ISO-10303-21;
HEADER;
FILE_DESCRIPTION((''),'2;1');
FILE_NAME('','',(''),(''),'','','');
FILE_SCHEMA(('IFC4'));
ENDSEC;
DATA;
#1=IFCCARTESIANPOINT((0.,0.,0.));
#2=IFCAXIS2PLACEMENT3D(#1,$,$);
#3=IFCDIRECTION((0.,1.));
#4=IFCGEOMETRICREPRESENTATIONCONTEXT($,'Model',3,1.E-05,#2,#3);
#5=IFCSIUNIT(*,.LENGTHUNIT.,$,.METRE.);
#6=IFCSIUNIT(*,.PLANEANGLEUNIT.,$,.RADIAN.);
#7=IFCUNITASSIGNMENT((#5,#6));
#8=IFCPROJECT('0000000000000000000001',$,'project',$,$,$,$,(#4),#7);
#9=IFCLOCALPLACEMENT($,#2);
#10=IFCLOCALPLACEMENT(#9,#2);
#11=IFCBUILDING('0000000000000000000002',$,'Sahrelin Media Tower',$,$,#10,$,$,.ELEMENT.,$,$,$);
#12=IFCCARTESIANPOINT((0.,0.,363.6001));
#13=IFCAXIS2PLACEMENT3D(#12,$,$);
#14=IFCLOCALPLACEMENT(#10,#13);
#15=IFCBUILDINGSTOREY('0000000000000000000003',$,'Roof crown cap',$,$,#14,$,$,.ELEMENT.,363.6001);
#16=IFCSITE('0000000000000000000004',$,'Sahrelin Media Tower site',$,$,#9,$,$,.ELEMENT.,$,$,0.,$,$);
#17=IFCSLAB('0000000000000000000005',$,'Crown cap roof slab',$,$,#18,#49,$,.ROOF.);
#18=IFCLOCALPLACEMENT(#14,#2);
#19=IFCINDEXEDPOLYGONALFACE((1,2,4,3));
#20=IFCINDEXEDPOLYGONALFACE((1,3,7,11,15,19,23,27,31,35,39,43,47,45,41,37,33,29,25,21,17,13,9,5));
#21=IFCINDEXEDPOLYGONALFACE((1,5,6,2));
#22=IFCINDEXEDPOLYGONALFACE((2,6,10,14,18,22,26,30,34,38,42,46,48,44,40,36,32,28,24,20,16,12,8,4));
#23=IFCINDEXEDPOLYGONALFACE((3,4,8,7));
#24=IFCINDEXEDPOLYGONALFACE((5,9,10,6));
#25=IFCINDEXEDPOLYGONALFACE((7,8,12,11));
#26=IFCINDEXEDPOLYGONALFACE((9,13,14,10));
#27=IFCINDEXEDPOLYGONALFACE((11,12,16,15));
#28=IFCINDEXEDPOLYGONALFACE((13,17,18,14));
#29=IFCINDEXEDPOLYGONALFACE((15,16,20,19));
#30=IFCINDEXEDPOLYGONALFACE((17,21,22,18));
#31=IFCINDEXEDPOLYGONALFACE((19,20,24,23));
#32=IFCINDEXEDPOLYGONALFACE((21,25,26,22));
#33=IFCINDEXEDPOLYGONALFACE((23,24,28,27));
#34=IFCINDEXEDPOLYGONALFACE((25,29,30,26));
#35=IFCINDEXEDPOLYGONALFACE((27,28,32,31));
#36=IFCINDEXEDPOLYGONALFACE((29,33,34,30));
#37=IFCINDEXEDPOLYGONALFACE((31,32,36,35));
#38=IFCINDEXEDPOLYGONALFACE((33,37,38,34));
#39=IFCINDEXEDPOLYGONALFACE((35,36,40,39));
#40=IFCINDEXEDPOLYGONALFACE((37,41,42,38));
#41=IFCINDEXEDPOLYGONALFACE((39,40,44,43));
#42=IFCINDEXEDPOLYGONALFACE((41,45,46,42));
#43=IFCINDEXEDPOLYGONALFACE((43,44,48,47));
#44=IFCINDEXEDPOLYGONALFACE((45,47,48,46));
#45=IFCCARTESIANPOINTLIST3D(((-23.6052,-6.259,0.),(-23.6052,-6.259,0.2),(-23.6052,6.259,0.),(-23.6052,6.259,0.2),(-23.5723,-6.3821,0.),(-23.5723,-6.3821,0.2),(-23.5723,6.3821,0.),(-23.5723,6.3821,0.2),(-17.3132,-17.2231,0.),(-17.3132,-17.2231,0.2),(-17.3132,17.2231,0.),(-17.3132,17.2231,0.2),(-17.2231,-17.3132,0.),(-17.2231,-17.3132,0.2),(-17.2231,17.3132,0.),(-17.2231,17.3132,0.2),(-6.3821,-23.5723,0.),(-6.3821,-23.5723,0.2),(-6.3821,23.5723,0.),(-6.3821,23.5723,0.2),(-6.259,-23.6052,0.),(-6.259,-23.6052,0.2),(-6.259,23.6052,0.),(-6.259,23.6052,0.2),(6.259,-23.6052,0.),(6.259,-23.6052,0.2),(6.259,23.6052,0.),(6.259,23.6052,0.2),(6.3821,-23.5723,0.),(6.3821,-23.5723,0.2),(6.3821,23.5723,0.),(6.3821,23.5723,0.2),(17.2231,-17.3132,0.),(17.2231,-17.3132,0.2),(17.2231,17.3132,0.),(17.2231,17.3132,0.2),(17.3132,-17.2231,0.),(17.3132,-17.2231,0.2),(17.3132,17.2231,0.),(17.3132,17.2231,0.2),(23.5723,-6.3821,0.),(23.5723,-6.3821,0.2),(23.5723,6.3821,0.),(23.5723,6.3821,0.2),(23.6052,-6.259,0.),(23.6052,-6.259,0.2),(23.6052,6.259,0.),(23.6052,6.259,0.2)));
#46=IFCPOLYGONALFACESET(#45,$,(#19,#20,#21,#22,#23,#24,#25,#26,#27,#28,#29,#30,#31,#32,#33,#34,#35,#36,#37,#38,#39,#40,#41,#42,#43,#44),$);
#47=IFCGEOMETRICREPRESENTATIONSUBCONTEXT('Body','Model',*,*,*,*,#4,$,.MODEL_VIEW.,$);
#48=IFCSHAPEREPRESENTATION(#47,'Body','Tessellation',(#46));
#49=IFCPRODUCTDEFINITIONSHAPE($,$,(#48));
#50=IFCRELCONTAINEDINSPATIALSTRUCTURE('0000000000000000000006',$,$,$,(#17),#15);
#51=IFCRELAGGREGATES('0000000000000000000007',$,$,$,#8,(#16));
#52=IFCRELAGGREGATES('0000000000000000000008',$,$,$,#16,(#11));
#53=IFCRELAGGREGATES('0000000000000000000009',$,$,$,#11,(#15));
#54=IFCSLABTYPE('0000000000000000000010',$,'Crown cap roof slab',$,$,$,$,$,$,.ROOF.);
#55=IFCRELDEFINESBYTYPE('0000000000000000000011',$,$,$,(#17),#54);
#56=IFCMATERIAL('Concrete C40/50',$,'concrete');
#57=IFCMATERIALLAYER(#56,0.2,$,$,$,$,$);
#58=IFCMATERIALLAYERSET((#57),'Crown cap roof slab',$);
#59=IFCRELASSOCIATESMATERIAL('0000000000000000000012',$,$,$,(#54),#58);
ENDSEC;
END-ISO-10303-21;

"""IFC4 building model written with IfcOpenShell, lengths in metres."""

from ifc_helpers import new_model, si_unit, direction, frame, origin, place, context, subcontext, project, spatial, polyline, outline, extrude, material, layer, layer_set, type_object, element, save


model = new_model("IFC4")

# Units and contexts
model_context = context("Model", 3, precision=1e-05, world=origin(), true_north=direction((0.0, 1.0)))
body_context = subcontext(model_context, "Body", "Model", "MODEL_VIEW")
ifc_project = project(units=[si_unit("LENGTHUNIT", "METRE"), si_unit("PLANEANGLEUNIT", "RADIAN")], contexts=[model_context])

# Site, building, storey
site_placement = place(None, origin())
site = spatial("IfcSite", under=ifc_project, at=site_placement, Name="Sahrelin Media Tower site", CompositionType="ELEMENT", RefElevation=0.0)
building_placement = place(site_placement, origin())
building = spatial("IfcBuilding", under=site, at=building_placement, Name="Sahrelin Media Tower", CompositionType="ELEMENT")
storey_placement = place(building_placement, frame((0.0, 0.0, 363.6001)))
storey = spatial("IfcBuildingStorey", under=building, at=storey_placement, Name="Roof crown cap", CompositionType="ELEMENT", Elevation=363.6001)

# Slab
ifc_material = material(Name="Concrete C40/50", Category="concrete")
ifc_layer = layer(ifc_material, 0.2)
ifc_layer_set = layer_set([ifc_layer], Name="Crown cap roof slab")
slab_type = type_object("IfcSlabType", Name="Crown cap roof slab", PredefinedType="ROOF", material=ifc_layer_set)
slab_placement = place(storey_placement, origin())
element("IfcSlab", 1, at=slab_placement, inside=storey, type_object=slab_type, Name="Crown cap roof slab", PredefinedType="ROOF", context=body_context, shape_type="SweptSolid", body=[
    extrude(outline(polyline([(-6.259, 23.6052), (6.259, 23.6052), (6.3821, 23.5723), (17.2231, 17.3132), (17.3132, 17.2231), (23.5723, 6.3821), (23.6052, 6.259), (23.6052, -6.259), (23.5723, -6.3821), (17.3132, -17.2231), (17.2231, -17.3132), (6.3821, -23.5723), (6.259, -23.6052), (-6.259, -23.6052), (-6.3821, -23.5723), (-17.2231, -17.3132), (-17.3132, -17.2231), (-23.5723, -6.3821), (-23.6052, -6.259), (-23.6052, 6.259), (-23.5723, 6.3821), (-17.3132, 17.2231), (-17.2231, 17.3132), (-6.3821, 23.5723), (-6.259, 23.6052)])), origin(), (0.0, 0.0, 1.0), 0.2),
])

save(model, "model.ifc")
